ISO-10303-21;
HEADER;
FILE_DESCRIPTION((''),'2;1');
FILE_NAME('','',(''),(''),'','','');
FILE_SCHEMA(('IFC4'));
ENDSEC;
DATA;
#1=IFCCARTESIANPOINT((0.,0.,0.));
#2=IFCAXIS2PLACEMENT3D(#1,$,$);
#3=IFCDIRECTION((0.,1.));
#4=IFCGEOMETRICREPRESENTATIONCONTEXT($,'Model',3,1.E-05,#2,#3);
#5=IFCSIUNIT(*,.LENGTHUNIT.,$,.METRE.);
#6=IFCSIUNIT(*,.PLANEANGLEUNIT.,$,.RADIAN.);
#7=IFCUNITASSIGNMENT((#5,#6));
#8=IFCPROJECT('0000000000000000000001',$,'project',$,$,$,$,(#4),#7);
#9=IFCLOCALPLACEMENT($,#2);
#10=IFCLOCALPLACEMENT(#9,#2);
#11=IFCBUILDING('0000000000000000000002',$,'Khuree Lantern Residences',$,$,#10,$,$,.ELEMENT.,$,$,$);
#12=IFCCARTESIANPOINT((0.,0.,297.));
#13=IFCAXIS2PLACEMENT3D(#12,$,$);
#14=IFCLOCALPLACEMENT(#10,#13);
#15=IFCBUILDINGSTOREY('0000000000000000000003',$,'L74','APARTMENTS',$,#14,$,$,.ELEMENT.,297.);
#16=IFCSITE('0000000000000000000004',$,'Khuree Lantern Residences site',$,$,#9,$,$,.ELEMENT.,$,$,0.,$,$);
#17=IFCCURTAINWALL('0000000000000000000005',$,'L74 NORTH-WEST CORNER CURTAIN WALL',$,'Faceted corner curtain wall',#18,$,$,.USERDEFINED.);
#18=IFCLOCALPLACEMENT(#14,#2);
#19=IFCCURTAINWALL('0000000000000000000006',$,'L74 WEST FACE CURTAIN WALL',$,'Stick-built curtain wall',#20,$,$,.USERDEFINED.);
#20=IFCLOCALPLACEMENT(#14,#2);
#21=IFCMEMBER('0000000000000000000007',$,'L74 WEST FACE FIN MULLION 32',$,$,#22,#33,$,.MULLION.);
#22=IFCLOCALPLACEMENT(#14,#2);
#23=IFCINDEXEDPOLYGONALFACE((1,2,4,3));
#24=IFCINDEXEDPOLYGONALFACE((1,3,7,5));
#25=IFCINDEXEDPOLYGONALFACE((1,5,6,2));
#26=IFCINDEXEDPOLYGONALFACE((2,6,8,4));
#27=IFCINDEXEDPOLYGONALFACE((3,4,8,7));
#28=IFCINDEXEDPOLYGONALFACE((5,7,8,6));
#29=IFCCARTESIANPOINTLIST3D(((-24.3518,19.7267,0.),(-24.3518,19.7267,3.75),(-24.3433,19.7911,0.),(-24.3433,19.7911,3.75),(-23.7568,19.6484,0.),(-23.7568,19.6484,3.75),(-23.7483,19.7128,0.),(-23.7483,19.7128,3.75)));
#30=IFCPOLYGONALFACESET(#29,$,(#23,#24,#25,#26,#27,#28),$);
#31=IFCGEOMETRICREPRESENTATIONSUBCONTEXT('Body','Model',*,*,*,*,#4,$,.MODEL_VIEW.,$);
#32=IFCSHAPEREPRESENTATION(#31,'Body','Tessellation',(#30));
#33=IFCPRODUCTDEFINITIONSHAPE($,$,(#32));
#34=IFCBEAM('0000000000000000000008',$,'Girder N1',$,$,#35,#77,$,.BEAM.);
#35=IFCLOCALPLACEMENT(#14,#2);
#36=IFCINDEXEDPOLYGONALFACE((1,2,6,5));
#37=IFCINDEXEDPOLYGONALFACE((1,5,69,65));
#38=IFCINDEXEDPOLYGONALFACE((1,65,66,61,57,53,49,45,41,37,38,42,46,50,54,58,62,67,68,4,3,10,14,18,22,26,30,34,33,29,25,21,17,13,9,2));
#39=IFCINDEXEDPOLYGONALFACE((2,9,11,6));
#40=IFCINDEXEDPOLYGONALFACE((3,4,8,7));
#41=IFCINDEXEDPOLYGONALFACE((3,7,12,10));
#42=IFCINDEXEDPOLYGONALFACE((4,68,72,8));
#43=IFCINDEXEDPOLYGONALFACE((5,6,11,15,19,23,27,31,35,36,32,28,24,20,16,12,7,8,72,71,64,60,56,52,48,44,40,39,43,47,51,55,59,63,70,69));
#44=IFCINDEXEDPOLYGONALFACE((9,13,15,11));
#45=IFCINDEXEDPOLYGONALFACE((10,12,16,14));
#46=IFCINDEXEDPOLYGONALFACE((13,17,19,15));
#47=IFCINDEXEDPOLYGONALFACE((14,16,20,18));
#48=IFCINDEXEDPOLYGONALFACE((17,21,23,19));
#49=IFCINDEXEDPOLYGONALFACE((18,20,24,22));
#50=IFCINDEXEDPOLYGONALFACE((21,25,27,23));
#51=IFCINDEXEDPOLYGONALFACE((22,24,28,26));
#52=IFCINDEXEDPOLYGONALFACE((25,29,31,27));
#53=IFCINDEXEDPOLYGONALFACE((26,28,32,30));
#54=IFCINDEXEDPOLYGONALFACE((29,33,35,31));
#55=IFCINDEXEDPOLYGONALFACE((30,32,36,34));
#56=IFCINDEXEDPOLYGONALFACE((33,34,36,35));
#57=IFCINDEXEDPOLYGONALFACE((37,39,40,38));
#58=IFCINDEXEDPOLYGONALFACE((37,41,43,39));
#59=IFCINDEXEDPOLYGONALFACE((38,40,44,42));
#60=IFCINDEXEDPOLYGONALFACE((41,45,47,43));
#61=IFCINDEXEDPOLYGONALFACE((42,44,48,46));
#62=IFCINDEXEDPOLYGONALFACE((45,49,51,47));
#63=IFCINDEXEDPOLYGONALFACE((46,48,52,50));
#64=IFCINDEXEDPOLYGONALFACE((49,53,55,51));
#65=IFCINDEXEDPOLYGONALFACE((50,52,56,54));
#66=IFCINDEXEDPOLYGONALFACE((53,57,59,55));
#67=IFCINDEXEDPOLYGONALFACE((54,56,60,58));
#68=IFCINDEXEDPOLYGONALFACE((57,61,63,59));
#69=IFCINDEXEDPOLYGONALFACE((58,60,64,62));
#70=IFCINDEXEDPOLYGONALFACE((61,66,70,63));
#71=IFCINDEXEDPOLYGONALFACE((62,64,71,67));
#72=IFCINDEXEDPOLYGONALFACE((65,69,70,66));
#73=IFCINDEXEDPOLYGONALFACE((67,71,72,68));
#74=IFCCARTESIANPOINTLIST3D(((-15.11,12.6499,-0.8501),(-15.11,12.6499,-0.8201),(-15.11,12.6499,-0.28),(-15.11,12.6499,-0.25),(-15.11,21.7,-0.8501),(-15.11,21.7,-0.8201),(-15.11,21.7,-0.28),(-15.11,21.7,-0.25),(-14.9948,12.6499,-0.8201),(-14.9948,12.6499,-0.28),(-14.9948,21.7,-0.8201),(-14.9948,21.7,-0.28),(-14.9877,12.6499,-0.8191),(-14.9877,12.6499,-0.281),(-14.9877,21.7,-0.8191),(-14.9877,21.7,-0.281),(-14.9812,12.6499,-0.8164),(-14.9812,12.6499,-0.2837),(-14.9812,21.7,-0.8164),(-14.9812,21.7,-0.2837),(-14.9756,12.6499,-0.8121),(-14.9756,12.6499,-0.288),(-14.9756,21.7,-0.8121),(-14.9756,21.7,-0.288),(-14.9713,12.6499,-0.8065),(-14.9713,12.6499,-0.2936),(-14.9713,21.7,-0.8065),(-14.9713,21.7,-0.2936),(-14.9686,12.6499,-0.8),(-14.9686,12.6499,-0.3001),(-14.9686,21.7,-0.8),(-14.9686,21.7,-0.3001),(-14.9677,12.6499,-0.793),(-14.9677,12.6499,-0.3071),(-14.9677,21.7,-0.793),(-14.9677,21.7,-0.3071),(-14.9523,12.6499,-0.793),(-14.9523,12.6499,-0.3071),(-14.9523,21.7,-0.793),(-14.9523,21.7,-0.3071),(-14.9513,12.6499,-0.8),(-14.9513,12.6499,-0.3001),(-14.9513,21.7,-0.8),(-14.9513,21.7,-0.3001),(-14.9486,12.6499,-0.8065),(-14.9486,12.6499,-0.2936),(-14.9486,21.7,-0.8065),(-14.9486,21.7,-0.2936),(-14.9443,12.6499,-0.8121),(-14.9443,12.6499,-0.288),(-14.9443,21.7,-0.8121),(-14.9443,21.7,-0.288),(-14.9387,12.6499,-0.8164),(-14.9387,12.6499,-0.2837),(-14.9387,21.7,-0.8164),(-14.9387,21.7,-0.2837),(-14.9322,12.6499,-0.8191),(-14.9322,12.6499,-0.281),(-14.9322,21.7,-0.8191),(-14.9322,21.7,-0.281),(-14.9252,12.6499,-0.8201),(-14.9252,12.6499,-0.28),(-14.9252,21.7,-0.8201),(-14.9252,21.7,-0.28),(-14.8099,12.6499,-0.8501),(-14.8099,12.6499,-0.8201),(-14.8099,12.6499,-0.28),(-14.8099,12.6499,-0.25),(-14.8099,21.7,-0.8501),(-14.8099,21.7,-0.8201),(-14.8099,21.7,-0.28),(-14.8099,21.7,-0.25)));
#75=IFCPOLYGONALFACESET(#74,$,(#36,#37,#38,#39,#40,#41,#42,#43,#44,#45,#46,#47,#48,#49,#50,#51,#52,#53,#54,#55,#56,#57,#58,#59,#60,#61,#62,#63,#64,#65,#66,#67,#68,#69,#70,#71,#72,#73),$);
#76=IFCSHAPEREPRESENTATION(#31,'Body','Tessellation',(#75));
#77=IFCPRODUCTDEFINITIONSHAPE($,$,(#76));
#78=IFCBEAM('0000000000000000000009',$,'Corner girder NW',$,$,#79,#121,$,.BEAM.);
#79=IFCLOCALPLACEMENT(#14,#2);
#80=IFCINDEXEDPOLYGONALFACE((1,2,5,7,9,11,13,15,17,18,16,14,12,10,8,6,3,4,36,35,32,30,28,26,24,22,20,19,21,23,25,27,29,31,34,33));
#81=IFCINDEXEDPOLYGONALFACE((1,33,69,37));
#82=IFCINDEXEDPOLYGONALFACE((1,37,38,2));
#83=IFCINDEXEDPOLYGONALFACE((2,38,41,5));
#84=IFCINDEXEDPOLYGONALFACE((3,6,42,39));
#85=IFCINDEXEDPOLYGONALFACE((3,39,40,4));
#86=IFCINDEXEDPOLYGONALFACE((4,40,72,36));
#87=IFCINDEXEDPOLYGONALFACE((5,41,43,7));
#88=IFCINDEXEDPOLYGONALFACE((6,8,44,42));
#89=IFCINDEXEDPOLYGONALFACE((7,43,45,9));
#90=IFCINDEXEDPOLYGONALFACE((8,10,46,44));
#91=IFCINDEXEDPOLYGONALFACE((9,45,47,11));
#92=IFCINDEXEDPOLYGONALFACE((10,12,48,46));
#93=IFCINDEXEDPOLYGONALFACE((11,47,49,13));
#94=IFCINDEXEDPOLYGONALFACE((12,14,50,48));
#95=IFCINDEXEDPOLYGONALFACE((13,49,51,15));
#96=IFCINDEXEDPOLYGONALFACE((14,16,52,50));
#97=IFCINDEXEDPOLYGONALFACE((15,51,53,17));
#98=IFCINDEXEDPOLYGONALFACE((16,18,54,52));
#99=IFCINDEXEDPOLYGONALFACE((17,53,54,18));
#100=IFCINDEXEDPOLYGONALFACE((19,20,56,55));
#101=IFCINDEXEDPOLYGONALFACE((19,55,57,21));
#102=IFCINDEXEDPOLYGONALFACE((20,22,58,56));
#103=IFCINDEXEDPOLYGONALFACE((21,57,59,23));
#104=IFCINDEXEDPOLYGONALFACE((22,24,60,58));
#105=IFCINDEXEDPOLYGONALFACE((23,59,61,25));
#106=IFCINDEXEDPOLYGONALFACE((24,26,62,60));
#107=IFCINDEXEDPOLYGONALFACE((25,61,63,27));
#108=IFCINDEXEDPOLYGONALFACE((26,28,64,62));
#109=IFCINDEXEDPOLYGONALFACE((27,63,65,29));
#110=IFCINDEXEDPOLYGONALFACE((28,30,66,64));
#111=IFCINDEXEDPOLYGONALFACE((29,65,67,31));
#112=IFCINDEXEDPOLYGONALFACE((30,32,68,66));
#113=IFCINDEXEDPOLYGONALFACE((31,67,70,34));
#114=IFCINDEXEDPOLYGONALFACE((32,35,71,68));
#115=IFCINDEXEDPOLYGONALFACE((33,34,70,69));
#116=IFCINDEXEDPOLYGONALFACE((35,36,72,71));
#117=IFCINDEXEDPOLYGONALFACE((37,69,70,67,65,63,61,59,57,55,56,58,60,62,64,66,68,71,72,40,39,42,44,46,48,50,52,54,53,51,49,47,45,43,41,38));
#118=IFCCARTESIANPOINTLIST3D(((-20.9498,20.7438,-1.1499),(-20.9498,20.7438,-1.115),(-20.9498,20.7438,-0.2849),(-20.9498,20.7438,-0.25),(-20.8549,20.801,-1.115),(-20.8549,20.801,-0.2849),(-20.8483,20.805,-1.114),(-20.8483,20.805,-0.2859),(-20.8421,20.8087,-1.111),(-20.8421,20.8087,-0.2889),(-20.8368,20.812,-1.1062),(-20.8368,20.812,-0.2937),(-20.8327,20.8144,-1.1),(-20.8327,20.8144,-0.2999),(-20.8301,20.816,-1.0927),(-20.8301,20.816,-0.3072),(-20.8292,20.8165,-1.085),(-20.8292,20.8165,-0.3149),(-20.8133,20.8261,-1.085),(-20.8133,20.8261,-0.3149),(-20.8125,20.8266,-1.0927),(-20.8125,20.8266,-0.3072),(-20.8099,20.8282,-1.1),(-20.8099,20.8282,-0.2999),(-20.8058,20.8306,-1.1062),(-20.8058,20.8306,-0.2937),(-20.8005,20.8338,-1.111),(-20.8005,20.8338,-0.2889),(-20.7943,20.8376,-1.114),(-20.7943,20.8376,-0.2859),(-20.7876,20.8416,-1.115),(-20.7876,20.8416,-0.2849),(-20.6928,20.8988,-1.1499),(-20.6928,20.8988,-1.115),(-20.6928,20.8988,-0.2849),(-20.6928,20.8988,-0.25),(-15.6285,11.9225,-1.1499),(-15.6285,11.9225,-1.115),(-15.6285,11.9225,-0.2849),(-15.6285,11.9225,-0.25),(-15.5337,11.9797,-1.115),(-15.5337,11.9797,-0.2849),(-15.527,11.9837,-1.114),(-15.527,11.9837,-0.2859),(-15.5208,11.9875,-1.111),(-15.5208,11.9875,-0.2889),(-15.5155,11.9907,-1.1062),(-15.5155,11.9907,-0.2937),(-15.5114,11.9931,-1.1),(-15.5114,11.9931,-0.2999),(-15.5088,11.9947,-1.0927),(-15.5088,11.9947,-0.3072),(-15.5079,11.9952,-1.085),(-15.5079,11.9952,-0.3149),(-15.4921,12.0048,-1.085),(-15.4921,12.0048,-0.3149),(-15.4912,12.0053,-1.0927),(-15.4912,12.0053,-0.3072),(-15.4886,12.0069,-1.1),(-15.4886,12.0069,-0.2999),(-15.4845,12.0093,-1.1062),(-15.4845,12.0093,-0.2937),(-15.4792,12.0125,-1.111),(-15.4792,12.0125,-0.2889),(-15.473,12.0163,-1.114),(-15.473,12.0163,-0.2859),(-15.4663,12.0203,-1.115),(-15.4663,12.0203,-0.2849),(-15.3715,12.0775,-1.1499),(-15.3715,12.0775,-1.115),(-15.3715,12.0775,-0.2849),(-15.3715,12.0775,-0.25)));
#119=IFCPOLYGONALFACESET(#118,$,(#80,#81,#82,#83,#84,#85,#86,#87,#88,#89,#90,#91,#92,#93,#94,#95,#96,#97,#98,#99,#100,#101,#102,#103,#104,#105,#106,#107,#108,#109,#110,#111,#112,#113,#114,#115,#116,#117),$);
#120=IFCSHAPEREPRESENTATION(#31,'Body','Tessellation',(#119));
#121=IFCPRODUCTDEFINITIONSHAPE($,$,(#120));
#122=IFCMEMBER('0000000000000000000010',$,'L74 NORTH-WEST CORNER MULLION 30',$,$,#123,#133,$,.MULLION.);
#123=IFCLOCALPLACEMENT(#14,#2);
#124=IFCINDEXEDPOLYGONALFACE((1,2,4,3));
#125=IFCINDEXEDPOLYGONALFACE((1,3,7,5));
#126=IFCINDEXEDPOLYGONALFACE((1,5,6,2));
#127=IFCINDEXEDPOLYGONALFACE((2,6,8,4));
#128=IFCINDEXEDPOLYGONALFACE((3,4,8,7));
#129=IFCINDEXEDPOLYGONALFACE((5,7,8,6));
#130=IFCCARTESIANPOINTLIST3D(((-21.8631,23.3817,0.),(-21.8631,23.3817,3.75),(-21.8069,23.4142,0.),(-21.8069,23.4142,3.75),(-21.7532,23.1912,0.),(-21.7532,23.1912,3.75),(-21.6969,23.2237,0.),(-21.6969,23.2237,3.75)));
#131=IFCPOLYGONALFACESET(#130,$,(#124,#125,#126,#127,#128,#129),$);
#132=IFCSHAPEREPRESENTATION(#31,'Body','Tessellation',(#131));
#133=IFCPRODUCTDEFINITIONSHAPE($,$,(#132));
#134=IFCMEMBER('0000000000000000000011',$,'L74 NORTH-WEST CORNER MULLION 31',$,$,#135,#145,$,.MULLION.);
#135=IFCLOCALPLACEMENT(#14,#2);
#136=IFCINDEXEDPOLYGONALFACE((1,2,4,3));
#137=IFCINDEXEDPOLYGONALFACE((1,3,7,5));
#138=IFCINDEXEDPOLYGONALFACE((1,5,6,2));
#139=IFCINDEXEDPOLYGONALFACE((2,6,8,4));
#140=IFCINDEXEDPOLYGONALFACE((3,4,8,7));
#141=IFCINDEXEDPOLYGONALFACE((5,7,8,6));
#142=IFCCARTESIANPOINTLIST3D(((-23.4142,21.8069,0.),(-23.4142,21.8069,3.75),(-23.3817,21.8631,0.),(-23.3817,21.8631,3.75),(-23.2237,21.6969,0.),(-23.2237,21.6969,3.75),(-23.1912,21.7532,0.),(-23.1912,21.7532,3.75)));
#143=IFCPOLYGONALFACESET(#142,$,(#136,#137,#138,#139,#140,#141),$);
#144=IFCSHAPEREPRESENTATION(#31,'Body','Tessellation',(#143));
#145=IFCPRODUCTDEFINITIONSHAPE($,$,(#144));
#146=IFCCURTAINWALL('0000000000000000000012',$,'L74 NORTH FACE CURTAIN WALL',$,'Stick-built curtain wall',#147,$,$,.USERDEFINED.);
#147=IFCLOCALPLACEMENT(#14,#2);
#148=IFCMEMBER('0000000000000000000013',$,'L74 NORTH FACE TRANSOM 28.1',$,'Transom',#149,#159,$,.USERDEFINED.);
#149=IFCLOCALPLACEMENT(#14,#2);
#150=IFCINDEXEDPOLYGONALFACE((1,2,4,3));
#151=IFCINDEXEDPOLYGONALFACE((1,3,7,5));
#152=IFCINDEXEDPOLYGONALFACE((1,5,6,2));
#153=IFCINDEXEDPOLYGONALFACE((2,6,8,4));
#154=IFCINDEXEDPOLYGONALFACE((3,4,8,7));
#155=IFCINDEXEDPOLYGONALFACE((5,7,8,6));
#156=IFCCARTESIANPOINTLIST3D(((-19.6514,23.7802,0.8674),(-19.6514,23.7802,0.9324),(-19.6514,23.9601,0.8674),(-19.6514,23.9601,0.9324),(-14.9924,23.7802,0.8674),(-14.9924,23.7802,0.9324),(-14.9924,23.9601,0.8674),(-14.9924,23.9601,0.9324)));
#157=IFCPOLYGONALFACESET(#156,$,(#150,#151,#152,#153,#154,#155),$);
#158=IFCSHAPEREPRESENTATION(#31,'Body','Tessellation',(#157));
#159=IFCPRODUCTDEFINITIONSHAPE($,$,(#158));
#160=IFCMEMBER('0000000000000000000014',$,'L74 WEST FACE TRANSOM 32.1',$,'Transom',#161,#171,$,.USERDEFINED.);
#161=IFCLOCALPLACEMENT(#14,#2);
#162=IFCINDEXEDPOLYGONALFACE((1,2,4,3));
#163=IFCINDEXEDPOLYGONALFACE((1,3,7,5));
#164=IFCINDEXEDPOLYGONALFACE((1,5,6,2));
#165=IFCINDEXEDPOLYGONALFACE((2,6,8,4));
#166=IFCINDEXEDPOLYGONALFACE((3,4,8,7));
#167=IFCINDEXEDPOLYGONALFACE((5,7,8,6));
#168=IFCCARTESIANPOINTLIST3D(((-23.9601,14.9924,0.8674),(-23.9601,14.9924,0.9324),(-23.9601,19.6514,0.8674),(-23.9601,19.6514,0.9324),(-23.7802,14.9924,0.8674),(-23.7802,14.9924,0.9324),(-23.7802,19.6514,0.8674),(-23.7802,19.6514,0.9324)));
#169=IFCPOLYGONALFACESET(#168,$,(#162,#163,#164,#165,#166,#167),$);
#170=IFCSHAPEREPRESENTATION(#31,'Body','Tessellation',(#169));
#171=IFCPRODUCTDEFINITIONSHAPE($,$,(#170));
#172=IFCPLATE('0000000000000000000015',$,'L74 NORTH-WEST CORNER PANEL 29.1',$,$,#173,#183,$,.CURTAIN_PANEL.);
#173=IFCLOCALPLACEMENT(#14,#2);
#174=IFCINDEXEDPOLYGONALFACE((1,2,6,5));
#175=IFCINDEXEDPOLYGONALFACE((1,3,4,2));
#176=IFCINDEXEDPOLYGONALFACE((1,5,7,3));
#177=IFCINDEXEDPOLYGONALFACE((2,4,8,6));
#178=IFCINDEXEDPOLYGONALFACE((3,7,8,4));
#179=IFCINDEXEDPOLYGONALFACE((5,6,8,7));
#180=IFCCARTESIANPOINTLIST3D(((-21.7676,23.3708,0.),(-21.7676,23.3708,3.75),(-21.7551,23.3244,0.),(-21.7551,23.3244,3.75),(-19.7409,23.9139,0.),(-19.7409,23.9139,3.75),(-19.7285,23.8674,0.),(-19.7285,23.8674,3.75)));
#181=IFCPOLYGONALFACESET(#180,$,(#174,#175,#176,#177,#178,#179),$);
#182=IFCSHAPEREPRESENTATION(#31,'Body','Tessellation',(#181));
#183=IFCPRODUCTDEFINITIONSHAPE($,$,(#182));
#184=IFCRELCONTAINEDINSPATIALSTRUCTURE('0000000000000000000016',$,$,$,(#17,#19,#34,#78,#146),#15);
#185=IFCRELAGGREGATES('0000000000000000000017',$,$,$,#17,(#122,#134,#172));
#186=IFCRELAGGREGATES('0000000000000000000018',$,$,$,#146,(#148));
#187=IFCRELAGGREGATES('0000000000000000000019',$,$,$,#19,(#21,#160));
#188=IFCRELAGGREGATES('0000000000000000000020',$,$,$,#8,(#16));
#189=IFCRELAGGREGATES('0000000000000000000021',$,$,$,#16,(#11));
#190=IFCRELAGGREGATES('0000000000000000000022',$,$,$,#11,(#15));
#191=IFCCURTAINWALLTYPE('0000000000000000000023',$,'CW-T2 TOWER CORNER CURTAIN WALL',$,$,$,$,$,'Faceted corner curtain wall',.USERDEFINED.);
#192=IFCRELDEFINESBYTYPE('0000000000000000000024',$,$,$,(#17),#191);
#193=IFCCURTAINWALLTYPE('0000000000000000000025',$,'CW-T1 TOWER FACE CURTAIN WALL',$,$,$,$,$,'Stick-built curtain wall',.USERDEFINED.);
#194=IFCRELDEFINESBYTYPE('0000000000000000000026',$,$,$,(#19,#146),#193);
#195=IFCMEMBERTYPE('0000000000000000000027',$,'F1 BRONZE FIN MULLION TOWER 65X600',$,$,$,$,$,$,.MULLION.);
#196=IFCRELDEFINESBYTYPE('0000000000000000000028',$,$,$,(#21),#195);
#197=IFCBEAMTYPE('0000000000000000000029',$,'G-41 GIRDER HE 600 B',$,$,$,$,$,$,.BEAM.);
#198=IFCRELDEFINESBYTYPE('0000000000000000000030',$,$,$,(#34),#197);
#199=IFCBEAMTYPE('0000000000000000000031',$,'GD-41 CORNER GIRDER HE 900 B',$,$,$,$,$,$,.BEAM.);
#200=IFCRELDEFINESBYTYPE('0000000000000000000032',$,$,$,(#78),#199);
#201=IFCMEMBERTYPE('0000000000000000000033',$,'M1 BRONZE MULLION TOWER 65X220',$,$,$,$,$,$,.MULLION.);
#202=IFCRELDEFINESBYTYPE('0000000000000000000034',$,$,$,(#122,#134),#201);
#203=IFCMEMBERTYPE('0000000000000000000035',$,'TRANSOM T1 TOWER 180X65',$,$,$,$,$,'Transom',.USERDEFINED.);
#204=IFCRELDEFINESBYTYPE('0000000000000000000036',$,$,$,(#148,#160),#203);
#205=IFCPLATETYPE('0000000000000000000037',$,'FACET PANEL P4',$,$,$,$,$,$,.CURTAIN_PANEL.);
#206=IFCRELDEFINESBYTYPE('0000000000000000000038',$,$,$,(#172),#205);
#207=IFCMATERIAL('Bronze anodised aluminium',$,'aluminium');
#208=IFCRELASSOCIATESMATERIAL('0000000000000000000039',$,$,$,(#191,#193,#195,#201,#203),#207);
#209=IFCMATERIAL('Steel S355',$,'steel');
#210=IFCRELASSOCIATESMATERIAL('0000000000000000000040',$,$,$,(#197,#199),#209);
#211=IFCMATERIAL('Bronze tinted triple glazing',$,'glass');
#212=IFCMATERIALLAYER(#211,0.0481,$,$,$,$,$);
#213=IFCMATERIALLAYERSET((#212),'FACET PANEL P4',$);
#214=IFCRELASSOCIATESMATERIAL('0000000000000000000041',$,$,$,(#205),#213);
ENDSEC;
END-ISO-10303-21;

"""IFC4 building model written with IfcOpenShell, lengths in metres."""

from ifc_helpers import new_model, si_unit, direction, frame, origin, origin_2d, place, context, subcontext, project, spatial, rectangle, i_section, extrude, material, layer, layer_set, material_profile, profile_set, type_object, element, aggregate, save


model = new_model("IFC4")

# Units and contexts
model_context = context("Model", 3, precision=1e-05, world=origin(), true_north=direction((0.0, 1.0)))
body_context = subcontext(model_context, "Body", "Model", "MODEL_VIEW")
ifc_project = project(units=[si_unit("LENGTHUNIT", "METRE"), si_unit("PLANEANGLEUNIT", "RADIAN")], contexts=[model_context])

# Site, building, storey
site_placement = place(None, origin())
site = spatial("IfcSite", under=ifc_project, at=site_placement, Name="Khuree Lantern Residences site", CompositionType="ELEMENT", RefElevation=0.0)
building_placement = place(site_placement, origin())
building = spatial("IfcBuilding", under=site, at=building_placement, Name="Khuree Lantern Residences", CompositionType="ELEMENT")
storey_placement = place(building_placement, frame((0.0, 0.0, 297.0)))
storey = spatial("IfcBuildingStorey", under=building, at=storey_placement, Name="L74", Description="APARTMENTS", CompositionType="ELEMENT", Elevation=297.0)

# Shared definitions
ifc_material_1 = material(Name="Steel S355", Category="steel")

# Curtain walls, member
ifc_material_2 = material(Name="Bronze anodised aluminium", Category="aluminium")
curtain_wall_type_1 = type_object("IfcCurtainWallType", Name="CW-T2 TOWER CORNER CURTAIN WALL", ElementType="Faceted corner curtain wall", PredefinedType="USERDEFINED", material=ifc_material_2)
curtain_wall_1_placement = place(storey_placement, origin())
curtain_wall_1 = element("IfcCurtainWall", 1, at=curtain_wall_1_placement, inside=storey, type_object=curtain_wall_type_1, Name="L74 NORTH-WEST CORNER CURTAIN WALL", ObjectType="Faceted corner curtain wall", PredefinedType="USERDEFINED")
ifc_material_profile_1 = material_profile(ifc_material_2, rectangle(XDim=0.0649, YDim=0.6001, at=origin_2d()), Name="F1 65X600")
ifc_profile_set_1 = profile_set([ifc_material_profile_1], Name="Bronze anodised aluminium")
member_type_1 = type_object("IfcMemberType", Name="F1 BRONZE FIN MULLION TOWER 65X600", PredefinedType="MULLION", material=ifc_profile_set_1)
curtain_wall_type_2 = type_object("IfcCurtainWallType", Name="CW-T1 TOWER FACE CURTAIN WALL", ElementType="Stick-built curtain wall", PredefinedType="USERDEFINED", material=ifc_material_2)
curtain_wall_2_placement = place(storey_placement, origin())
curtain_wall_2 = element("IfcCurtainWall", 2, at=curtain_wall_2_placement, inside=storey, type_object=curtain_wall_type_2, Name="L74 WEST FACE CURTAIN WALL", ObjectType="Stick-built curtain wall", PredefinedType="USERDEFINED")
member_1_placement = place(storey_placement, frame((-24.05, 19.7197, 0.0), z_axis=(0.0, 0.0, 1.0), x_axis=(-0.130526, -0.991445, 0.0)))
member_1 = element("IfcMember", 3, at=member_1_placement, type_object=member_type_1, Name="L74 WEST FACE FIN MULLION 32", PredefinedType="MULLION", context=body_context, shape_type="SweptSolid", body=[
    extrude(rectangle(XDim=0.0649, YDim=0.6001, at=origin_2d()), origin(), (0.0, 0.0, 1.0), 3.75),
])

# Beams
ifc_material_profile_2 = material_profile(ifc_material_1, i_section(OverallWidth=0.3, OverallDepth=0.6001, WebThickness=0.0154, FlangeThickness=0.03, FilletRadius=0.0271, at=origin_2d()), Name="HE 600 B")
ifc_profile_set_2 = profile_set([ifc_material_profile_2], Name="Steel S355")
beam_type_1 = type_object("IfcBeamType", Name="G-41 GIRDER HE 600 B", PredefinedType="BEAM", material=ifc_profile_set_2)
beam_1_placement = place(storey_placement, frame((-14.96, 21.7, -0.55), z_axis=(0.0, -1.0, 0.0), x_axis=(1.0, 0.0, 0.0)))
element("IfcBeam", 4, at=beam_1_placement, inside=storey, type_object=beam_type_1, Name="Girder N1", PredefinedType="BEAM", context=body_context, shape_type="SweptSolid", body=[
    extrude(i_section(OverallWidth=0.3, OverallDepth=0.6001, WebThickness=0.0154, FlangeThickness=0.03, FilletRadius=0.0271, at=origin_2d()), origin(), (0.0, 0.0, 1.0), 9.05),
])
ifc_material_profile_3 = material_profile(ifc_material_1, i_section(OverallWidth=0.3, OverallDepth=0.8999, WebThickness=0.0186, FlangeThickness=0.0349, FilletRadius=0.03, at=origin_2d()), Name="HE 900 B")
ifc_profile_set_3 = profile_set([ifc_material_profile_3], Name="Steel S355")
beam_type_2 = type_object("IfcBeamType", Name="GD-41 CORNER GIRDER HE 900 B", PredefinedType="BEAM", material=ifc_profile_set_3)
beam_2_placement = place(storey_placement, frame((-20.8213, 20.8213, -0.7), z_axis=(0.51653, -0.856269, 0.0), x_axis=(0.856269, 0.51653, 0.0)))
element("IfcBeam", 5, at=beam_2_placement, inside=storey, type_object=beam_type_2, Name="Corner girder NW", PredefinedType="BEAM", context=body_context, shape_type="SweptSolid", body=[
    extrude(i_section(OverallWidth=0.3, OverallDepth=0.8999, WebThickness=0.0186, FlangeThickness=0.0349, FilletRadius=0.03, at=origin_2d()), origin(), (0.0, 0.0, 1.0), 10.302),
])

# Members
ifc_material_profile_4 = material_profile(ifc_material_2, rectangle(XDim=0.0649, YDim=0.22, at=origin_2d()), Name="M1 65X220")
ifc_profile_set_4 = profile_set([ifc_material_profile_4], Name="Bronze anodised aluminium")
member_type_2 = type_object("IfcMemberType", Name="M1 BRONZE MULLION TOWER 65X220", PredefinedType="MULLION", material=ifc_profile_set_4)
member_2_placement = place(storey_placement, frame((-21.78, 23.3027, 0.0), z_axis=(0.0, 0.0, 1.0), x_axis=(-0.866025, -0.5, 0.0)))
member_2 = element("IfcMember", 6, at=member_2_placement, type_object=member_type_2, Name="L74 NORTH-WEST CORNER MULLION 30", PredefinedType="MULLION", context=body_context, shape_type="SweptSolid", body=[
    extrude(rectangle(XDim=0.0649, YDim=0.22, at=origin_2d()), origin(), (0.0, 0.0, 1.0), 3.75),
])
member_3_placement = place(storey_placement, frame((-23.3027, 21.78, 0.0), z_axis=(0.0, 0.0, 1.0), x_axis=(-0.5, -0.866025, 0.0)))
member_3 = element("IfcMember", 7, at=member_3_placement, type_object=member_type_2, Name="L74 NORTH-WEST CORNER MULLION 31", PredefinedType="MULLION", context=body_context, shape_type="SweptSolid", body=[
    extrude(rectangle(XDim=0.0649, YDim=0.22, at=origin_2d()), origin(), (0.0, 0.0, 1.0), 3.75),
])

# Curtain wall, member
curtain_wall_3_placement = place(storey_placement, origin())
curtain_wall_3 = element("IfcCurtainWall", 8, at=curtain_wall_3_placement, inside=storey, type_object=curtain_wall_type_2, Name="L74 NORTH FACE CURTAIN WALL", ObjectType="Stick-built curtain wall", PredefinedType="USERDEFINED")
ifc_material_profile_5 = material_profile(ifc_material_2, rectangle(XDim=0.1799, YDim=0.0649, at=origin_2d()), Name="T1 180X65")
ifc_profile_set_5 = profile_set([ifc_material_profile_5], Name="Bronze anodised aluminium")
member_type_3 = type_object("IfcMemberType", Name="TRANSOM T1 TOWER 180X65", ElementType="Transom", PredefinedType="USERDEFINED", material=ifc_profile_set_5)
member_4_placement = place(storey_placement, frame((-14.9924, 23.8701, 0.8999), z_axis=(-1.0, 0.0, 0.0), x_axis=(0.0, -1.0, 0.0)))
member_4 = element("IfcMember", 9, at=member_4_placement, type_object=member_type_3, Name="L74 NORTH FACE TRANSOM 28.1", ObjectType="Transom", PredefinedType="USERDEFINED", context=body_context, shape_type="SweptSolid", body=[
    extrude(rectangle(XDim=0.1799, YDim=0.0649, at=origin_2d()), origin(), (0.0, 0.0, 1.0), 4.6589),
])

# Member
member_5_placement = place(storey_placement, frame((-23.8701, 19.6514, 0.8999), z_axis=(0.0, -1.0, 0.0), x_axis=(1.0, 0.0, 0.0)))
member_5 = element("IfcMember", 10, at=member_5_placement, type_object=member_type_3, Name="L74 WEST FACE TRANSOM 32.1", ObjectType="Transom", PredefinedType="USERDEFINED", context=body_context, shape_type="SweptSolid", body=[
    extrude(rectangle(XDim=0.1799, YDim=0.0649, at=origin_2d()), origin(), (0.0, 0.0, 1.0), 4.6589),
])

# Plate
ifc_material_3 = material(Name="Bronze tinted triple glazing", Category="glass")
ifc_layer_1 = layer(ifc_material_3, 0.0481)
ifc_layer_set_1 = layer_set([ifc_layer_1], Name="FACET PANEL P4")
plate_type_1 = type_object("IfcPlateType", Name="FACET PANEL P4", PredefinedType="CURTAIN_PANEL", material=ifc_layer_set_1)
plate_1_placement = place(storey_placement, frame((-20.748, 23.6191, 0.0), z_axis=(0.0, 0.0, 1.0), x_axis=(-0.965926, -0.258819, 0.0)))
plate_1 = element("IfcPlate", 11, at=plate_1_placement, type_object=plate_type_1, Name="L74 NORTH-WEST CORNER PANEL 29.1", PredefinedType="CURTAIN_PANEL", context=body_context, shape_type="SweptSolid", body=[
    extrude(rectangle(XDim=2.0981, YDim=0.0481, at=origin_2d()), origin(), (0.0, 0.0, 1.0), 3.75),
])
aggregate(curtain_wall_1, [member_2, member_3, plate_1])
aggregate(curtain_wall_3, [member_4])
aggregate(curtain_wall_2, [member_1, member_5])

save(model, "model.ifc")
